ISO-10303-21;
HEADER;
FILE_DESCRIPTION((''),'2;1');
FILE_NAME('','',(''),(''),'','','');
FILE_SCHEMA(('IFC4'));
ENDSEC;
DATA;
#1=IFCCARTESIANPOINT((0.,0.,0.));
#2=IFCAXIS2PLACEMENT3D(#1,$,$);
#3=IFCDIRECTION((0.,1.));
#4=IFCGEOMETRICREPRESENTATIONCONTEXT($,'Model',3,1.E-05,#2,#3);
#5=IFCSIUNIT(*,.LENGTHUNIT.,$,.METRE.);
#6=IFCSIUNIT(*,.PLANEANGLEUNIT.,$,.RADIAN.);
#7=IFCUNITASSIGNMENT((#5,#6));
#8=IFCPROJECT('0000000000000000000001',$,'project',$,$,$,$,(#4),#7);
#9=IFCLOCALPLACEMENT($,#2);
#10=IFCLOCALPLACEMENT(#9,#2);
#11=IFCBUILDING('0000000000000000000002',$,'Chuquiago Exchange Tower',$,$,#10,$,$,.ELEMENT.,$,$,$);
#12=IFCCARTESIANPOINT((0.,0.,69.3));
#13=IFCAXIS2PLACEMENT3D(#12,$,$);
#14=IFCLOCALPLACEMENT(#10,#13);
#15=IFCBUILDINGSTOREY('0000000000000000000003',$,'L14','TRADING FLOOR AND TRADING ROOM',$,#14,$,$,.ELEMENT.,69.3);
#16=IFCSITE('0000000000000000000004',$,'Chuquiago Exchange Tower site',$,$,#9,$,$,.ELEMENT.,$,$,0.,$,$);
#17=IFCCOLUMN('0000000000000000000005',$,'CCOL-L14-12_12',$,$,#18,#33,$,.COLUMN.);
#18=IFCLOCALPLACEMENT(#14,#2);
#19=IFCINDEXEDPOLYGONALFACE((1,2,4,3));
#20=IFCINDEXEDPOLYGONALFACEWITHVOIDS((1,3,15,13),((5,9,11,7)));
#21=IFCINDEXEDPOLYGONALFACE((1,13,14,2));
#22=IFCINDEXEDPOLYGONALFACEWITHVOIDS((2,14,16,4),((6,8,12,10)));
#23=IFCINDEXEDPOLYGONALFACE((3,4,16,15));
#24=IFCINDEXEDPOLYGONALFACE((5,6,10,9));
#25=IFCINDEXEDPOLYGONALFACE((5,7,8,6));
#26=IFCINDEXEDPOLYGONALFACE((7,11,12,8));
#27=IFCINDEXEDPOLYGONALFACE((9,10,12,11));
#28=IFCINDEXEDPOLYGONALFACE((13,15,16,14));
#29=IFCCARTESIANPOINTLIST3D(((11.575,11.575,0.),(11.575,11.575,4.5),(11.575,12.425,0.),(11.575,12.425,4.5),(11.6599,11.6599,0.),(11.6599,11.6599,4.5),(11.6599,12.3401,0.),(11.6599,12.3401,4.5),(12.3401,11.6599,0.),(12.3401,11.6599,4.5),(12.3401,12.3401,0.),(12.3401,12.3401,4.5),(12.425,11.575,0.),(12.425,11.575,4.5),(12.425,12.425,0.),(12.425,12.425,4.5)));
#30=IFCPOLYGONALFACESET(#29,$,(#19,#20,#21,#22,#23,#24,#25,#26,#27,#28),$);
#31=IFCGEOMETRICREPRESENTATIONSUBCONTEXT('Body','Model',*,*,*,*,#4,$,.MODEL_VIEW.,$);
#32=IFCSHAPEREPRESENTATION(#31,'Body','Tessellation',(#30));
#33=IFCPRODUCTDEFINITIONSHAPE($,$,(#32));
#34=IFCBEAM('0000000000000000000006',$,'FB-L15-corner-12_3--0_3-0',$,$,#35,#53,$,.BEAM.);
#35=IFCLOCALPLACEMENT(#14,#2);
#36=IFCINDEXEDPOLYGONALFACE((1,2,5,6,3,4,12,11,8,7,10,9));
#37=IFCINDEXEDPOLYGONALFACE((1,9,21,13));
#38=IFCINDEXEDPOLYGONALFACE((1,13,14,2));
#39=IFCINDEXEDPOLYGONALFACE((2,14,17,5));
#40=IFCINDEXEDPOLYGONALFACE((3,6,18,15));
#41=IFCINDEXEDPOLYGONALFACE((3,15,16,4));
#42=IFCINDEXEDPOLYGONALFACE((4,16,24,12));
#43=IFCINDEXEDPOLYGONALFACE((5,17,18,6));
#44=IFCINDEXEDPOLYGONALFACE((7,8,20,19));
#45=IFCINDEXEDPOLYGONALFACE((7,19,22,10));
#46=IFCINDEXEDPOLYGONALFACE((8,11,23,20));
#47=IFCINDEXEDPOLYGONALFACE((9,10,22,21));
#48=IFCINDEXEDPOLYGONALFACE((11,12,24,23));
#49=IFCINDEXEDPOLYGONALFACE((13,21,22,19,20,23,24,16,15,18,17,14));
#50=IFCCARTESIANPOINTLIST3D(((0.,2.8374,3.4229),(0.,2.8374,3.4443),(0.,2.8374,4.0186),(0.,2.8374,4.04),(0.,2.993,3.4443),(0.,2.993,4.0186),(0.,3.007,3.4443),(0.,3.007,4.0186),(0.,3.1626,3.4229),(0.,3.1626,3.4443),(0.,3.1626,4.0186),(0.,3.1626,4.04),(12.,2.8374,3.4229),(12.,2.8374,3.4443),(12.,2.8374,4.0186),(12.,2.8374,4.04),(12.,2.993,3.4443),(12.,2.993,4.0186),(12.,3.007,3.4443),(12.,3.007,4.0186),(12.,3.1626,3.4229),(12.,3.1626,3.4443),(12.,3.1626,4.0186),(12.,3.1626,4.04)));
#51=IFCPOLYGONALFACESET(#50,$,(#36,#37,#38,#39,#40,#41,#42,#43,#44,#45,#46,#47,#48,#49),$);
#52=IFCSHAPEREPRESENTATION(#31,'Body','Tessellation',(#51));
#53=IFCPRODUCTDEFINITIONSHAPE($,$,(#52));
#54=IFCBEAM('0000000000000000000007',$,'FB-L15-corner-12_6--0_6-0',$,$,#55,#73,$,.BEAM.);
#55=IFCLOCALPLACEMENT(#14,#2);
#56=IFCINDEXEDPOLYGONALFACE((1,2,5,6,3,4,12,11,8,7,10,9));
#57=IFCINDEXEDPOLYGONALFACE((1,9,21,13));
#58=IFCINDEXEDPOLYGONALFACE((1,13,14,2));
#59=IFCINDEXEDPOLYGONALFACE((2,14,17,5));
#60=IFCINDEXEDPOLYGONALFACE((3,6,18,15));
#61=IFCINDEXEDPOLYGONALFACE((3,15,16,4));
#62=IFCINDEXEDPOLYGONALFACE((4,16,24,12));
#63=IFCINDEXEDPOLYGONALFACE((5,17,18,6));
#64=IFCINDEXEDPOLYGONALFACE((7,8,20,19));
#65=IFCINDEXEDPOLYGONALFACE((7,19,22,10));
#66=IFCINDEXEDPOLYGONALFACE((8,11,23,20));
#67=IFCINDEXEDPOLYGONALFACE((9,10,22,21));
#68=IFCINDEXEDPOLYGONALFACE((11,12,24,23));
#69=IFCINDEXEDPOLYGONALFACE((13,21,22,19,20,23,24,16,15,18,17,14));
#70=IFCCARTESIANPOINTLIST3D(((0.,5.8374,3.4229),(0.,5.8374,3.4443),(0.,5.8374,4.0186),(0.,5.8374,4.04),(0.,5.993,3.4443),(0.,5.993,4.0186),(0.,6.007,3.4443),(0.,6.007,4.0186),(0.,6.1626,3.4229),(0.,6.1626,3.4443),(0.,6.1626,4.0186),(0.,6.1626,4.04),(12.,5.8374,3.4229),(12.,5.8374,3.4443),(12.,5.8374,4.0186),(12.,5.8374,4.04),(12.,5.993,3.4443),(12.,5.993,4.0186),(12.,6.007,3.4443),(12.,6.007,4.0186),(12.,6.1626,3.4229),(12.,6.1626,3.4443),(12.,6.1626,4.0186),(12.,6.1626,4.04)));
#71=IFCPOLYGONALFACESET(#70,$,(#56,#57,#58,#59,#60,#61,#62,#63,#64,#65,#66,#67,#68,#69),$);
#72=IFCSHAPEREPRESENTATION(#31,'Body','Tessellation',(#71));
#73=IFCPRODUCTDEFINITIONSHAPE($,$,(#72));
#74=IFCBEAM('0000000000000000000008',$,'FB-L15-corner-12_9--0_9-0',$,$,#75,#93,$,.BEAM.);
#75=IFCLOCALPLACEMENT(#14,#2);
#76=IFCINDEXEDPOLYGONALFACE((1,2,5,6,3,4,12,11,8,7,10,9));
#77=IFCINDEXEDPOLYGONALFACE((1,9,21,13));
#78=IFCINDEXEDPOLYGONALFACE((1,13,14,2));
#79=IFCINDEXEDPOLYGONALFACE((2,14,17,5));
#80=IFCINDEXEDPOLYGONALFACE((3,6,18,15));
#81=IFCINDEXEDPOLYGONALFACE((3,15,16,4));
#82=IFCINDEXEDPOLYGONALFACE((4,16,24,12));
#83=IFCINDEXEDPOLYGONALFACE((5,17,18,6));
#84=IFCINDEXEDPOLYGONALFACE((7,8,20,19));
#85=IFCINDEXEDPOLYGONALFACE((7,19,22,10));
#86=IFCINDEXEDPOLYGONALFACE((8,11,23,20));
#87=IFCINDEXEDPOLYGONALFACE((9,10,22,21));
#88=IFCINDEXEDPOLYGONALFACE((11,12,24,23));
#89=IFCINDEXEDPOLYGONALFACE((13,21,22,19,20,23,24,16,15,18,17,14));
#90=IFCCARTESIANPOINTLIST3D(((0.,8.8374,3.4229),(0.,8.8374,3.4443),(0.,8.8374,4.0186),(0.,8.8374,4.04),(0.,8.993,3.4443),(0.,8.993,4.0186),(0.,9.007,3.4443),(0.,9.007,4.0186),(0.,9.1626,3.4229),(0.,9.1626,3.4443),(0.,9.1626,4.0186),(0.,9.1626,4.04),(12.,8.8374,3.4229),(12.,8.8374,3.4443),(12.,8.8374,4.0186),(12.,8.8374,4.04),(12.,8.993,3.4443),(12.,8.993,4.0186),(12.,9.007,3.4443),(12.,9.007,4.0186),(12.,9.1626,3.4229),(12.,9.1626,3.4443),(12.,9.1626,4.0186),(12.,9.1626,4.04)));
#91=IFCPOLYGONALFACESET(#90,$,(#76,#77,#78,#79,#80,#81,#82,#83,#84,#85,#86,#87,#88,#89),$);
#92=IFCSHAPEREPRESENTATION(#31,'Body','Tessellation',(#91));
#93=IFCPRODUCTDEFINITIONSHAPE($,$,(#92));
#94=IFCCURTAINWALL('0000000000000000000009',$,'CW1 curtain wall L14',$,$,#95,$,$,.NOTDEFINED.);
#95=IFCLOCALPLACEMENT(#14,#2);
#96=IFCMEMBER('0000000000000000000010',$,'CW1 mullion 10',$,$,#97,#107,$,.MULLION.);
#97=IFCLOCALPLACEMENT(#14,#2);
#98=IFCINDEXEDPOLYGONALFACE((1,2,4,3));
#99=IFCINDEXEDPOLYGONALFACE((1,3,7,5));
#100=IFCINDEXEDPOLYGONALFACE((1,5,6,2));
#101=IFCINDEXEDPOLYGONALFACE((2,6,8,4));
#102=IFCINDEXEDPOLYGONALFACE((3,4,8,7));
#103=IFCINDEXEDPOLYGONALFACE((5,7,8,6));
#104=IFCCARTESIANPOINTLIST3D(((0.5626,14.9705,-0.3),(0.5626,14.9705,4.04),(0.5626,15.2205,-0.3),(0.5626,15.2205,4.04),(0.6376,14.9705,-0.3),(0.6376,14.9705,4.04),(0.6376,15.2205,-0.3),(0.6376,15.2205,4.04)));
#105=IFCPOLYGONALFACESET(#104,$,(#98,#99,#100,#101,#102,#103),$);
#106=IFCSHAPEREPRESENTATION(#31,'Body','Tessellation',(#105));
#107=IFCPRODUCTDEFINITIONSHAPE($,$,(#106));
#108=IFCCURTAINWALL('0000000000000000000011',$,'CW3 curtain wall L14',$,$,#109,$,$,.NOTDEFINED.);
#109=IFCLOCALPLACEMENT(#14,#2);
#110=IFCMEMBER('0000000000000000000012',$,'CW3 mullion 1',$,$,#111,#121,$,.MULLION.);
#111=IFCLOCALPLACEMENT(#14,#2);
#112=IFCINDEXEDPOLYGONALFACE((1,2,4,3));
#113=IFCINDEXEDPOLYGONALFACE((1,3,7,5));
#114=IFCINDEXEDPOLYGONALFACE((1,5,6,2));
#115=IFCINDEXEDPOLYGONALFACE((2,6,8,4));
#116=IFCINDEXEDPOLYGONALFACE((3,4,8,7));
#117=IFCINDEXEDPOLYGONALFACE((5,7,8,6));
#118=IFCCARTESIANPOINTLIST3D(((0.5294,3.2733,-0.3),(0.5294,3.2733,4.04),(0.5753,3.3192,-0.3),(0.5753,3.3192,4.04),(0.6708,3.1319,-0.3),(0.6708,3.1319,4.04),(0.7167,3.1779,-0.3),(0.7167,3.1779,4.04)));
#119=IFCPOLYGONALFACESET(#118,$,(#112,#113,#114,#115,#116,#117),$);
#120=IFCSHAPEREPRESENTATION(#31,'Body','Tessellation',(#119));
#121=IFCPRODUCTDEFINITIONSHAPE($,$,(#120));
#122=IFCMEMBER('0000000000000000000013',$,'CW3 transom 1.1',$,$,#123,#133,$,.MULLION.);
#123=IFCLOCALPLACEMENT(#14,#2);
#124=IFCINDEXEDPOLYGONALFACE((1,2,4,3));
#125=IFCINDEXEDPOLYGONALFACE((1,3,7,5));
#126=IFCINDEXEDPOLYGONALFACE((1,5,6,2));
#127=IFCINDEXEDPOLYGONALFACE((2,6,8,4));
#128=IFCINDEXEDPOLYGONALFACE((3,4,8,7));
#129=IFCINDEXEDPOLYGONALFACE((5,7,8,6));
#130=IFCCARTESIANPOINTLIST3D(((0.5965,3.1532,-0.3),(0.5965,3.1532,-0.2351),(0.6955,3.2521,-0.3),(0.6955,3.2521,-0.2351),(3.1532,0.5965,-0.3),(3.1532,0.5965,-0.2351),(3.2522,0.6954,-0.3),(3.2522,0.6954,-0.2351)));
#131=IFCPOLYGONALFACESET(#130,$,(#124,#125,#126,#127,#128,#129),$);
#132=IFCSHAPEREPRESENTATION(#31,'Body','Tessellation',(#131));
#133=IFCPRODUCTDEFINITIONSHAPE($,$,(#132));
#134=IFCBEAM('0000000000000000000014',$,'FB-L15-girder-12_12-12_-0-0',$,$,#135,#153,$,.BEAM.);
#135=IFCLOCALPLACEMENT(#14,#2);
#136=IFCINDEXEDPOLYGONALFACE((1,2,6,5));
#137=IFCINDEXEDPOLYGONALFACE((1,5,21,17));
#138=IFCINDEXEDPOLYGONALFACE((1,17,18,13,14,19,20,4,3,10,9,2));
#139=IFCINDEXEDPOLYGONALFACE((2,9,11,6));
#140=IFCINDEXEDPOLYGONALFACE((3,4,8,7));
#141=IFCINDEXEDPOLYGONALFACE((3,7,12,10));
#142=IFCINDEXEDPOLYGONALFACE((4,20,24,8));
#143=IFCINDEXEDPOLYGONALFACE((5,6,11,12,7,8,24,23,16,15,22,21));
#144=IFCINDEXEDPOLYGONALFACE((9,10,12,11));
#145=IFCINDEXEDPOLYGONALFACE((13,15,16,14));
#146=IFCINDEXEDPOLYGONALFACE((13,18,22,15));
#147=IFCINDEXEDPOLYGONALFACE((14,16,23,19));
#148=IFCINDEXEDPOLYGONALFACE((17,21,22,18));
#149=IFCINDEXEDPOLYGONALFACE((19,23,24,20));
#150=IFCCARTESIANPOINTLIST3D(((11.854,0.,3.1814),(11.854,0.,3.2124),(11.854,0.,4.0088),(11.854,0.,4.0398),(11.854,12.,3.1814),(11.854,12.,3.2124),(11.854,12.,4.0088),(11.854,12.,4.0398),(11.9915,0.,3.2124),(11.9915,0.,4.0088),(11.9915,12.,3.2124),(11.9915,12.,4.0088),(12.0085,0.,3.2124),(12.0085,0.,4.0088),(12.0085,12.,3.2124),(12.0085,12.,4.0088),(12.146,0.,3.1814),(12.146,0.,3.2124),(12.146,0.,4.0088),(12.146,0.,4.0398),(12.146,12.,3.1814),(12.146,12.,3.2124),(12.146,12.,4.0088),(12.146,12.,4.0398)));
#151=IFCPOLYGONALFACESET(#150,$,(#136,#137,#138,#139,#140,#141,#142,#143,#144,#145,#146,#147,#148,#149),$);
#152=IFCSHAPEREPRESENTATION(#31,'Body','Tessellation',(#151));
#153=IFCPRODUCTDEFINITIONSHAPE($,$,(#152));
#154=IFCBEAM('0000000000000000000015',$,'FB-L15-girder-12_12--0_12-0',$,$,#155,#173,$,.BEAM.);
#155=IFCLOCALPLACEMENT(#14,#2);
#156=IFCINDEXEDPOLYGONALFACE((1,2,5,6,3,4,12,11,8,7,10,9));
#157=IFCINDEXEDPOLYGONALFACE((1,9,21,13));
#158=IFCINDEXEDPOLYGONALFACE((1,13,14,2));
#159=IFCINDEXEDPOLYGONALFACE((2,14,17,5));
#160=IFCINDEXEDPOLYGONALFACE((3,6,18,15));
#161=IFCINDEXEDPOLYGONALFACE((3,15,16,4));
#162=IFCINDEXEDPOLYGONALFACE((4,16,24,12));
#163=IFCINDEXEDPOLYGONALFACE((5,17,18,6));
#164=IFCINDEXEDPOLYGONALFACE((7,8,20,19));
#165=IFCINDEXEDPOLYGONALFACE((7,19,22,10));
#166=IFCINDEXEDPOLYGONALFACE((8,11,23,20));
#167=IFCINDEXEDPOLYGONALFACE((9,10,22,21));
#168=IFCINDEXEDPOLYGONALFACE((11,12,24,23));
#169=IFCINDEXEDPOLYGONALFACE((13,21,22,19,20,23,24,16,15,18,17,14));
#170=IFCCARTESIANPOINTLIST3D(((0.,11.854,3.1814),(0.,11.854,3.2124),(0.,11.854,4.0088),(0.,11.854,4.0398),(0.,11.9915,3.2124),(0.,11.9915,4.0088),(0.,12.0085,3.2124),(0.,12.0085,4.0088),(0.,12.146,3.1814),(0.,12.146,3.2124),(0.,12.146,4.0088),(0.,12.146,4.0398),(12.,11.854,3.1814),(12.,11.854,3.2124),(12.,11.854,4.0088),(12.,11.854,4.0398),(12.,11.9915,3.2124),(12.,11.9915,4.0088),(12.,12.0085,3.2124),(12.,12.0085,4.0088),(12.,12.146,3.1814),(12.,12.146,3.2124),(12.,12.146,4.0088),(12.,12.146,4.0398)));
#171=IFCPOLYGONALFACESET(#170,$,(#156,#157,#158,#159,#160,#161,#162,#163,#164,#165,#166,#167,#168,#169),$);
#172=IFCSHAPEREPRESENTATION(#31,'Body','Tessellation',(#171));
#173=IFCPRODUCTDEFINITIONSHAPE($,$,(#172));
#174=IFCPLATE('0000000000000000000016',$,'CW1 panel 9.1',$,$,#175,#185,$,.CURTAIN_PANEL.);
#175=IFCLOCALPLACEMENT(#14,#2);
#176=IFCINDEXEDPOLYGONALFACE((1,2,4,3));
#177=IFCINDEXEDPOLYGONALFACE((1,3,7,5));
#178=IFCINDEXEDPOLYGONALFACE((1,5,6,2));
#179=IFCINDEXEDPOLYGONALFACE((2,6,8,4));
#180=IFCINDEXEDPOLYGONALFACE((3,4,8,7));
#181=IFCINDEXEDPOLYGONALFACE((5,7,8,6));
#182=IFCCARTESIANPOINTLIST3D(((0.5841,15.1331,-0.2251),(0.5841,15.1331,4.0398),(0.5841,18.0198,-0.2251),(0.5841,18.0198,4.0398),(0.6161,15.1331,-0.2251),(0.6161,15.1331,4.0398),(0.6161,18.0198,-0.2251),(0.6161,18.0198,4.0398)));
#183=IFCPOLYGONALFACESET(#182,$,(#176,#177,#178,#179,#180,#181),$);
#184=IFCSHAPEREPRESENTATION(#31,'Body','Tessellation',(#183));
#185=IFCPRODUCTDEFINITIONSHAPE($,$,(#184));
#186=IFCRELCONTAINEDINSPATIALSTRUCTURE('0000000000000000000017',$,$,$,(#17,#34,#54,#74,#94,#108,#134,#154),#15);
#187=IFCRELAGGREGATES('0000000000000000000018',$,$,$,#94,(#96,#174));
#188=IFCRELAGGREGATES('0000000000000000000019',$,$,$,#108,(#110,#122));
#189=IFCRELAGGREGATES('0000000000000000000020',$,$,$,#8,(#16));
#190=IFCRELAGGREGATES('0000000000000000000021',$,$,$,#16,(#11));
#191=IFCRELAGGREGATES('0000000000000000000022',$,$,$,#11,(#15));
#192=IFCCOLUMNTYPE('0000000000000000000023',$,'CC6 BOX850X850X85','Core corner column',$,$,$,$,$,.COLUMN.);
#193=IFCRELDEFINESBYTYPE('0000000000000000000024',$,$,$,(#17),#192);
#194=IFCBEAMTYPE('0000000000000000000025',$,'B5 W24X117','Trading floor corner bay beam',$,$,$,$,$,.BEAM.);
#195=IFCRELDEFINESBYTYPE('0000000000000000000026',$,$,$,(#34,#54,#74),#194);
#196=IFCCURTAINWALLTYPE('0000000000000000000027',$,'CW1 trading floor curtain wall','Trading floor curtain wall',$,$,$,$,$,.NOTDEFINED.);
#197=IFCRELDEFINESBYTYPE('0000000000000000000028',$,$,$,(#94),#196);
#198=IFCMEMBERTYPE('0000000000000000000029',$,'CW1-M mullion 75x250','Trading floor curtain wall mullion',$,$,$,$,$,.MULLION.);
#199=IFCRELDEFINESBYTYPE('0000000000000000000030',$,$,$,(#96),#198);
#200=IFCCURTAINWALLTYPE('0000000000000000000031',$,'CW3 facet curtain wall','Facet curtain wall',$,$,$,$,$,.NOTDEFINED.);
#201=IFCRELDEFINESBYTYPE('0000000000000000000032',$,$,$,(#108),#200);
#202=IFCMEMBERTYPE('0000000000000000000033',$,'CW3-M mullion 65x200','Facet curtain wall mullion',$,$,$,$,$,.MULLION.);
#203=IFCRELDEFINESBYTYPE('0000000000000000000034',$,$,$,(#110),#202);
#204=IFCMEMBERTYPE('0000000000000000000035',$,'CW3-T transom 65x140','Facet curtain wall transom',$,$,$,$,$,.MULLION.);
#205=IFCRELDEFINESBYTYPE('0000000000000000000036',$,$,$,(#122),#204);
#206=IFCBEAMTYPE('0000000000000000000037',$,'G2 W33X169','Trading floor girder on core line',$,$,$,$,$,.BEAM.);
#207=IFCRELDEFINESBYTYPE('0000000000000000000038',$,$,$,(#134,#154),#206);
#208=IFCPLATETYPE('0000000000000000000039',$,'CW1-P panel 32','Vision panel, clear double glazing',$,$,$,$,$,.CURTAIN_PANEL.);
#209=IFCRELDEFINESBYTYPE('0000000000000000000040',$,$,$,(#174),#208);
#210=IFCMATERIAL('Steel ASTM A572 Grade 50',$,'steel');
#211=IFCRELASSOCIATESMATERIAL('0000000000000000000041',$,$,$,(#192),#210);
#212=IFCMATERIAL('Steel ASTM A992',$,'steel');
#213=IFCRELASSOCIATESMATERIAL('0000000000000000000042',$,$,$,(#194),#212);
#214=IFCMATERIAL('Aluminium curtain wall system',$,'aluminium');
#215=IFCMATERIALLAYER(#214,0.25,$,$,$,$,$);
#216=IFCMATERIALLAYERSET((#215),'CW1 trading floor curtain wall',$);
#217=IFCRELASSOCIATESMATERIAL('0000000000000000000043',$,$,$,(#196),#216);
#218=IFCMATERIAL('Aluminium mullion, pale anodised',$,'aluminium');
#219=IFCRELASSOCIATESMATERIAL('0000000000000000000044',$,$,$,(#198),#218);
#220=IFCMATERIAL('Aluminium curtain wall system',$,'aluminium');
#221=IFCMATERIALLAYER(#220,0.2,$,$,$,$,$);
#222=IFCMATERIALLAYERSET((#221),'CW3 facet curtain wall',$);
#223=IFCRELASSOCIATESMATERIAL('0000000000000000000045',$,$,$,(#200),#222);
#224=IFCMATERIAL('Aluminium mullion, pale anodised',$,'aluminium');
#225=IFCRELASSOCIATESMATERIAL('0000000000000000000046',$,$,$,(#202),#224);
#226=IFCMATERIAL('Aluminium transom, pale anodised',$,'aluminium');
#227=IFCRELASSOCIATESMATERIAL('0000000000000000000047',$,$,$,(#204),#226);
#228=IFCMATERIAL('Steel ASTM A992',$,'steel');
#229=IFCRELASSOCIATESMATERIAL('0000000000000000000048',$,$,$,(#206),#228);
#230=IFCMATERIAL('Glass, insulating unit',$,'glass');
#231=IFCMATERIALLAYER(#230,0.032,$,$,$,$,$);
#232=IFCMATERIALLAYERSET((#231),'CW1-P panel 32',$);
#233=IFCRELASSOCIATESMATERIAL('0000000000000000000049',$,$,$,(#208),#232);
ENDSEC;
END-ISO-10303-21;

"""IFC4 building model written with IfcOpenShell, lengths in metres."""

from ifc_helpers import new_model, si_unit, direction, frame, origin, origin_2d, place, context, subcontext, project, spatial, rectangle, hollow_rectangle, i_section, extrude, material, layer, layer_set, material_profile, profile_set, type_object, element, aggregate, save


model = new_model("IFC4")

# Units and contexts
model_context = context("Model", 3, precision=1e-05, world=origin(), true_north=direction((0.0, 1.0)))
body_context = subcontext(model_context, "Body", "Model", "MODEL_VIEW")
ifc_project = project(units=[si_unit("LENGTHUNIT", "METRE"), si_unit("PLANEANGLEUNIT", "RADIAN")], contexts=[model_context])

# Site, building, storey
site_placement = place(None, origin())
site = spatial("IfcSite", under=ifc_project, at=site_placement, Name="Chuquiago Exchange Tower site", CompositionType="ELEMENT", RefElevation=0.0)
building_placement = place(site_placement, origin())
building = spatial("IfcBuilding", under=site, at=building_placement, Name="Chuquiago Exchange Tower", CompositionType="ELEMENT")
storey_placement = place(building_placement, frame((0.0, 0.0, 69.3)))
storey = spatial("IfcBuildingStorey", under=building, at=storey_placement, Name="L14", Description="TRADING FLOOR AND TRADING ROOM", CompositionType="ELEMENT", Elevation=69.3)

# Column
ifc_material_1 = material(Name="Steel ASTM A572 Grade 50", Category="steel")
ifc_material_profile_1 = material_profile(ifc_material_1, hollow_rectangle(XDim=0.8501, YDim=0.8501, WallThickness=0.085, at=origin_2d()), Name="BOX850X850X85")
ifc_profile_set_1 = profile_set([ifc_material_profile_1], Name="Steel ASTM A572 Grade 50")
column_type = type_object("IfcColumnType", Name="CC6 BOX850X850X85", Description="Core corner column", PredefinedType="COLUMN", material=ifc_profile_set_1)
column_placement = place(storey_placement, frame((12.0, 12.0, 0.0), z_axis=(0.0, 0.0, 1.0), x_axis=(1.0, 0.0, 0.0)))
element("IfcColumn", 1, at=column_placement, inside=storey, type_object=column_type, Name="CCOL-L14-12_12", PredefinedType="COLUMN", context=body_context, shape_type="SweptSolid", body=[
    extrude(hollow_rectangle(XDim=0.8501, YDim=0.8501, WallThickness=0.085, at=origin_2d()), origin(), (0.0, 0.0, 1.0), 4.5),
])

# Beams
ifc_material_2 = material(Name="Steel ASTM A992", Category="steel")
ifc_material_profile_2 = material_profile(ifc_material_2, i_section(OverallWidth=0.3252, OverallDepth=0.6172, WebThickness=0.0139, FlangeThickness=0.0215, at=origin_2d()), Name="W24X117")
ifc_profile_set_2 = profile_set([ifc_material_profile_2], Name="Steel ASTM A992")
beam_type_1 = type_object("IfcBeamType", Name="B5 W24X117", Description="Trading floor corner bay beam", PredefinedType="BEAM", material=ifc_profile_set_2)
for number, where, z_axis, x_axis, name in (
    (2, (12.0, 3.0, 3.7314), (-1.0, 0.0, 0.0), (0.0, -1.0, 0.0), "FB-L15-corner-12_3--0_3-0"),
    (3, (12.0, 6.0, 3.7314), (-1.0, 0.0, 0.0), (0.0, -1.0, 0.0), "FB-L15-corner-12_6--0_6-0"),
    (4, (12.0, 9.0, 3.7314), (-1.0, 0.0, 0.0), (0.0, -1.0, 0.0), "FB-L15-corner-12_9--0_9-0"),
):
    element("IfcBeam", number, at=place(storey_placement, frame(where, z_axis=z_axis, x_axis=x_axis)), inside=storey, type_object=beam_type_1, Name=name, PredefinedType="BEAM", context=body_context, shape_type="SweptSolid", body=[
        extrude(i_section(OverallWidth=0.3252, OverallDepth=0.6172, WebThickness=0.0139, FlangeThickness=0.0215, at=origin_2d()), origin(), (0.0, 0.0, 1.0), 12.0),
    ])

# Curtain wall, member
ifc_material_3 = material(Name="Aluminium curtain wall system", Category="aluminium")
ifc_layer_1 = layer(ifc_material_3, 0.25)
ifc_layer_set_1 = layer_set([ifc_layer_1], Name="CW1 trading floor curtain wall")
curtain_wall_type_1 = type_object("IfcCurtainWallType", Name="CW1 trading floor curtain wall", Description="Trading floor curtain wall", PredefinedType="NOTDEFINED", material=ifc_layer_set_1)
curtain_wall_1_placement = place(storey_placement, origin())
curtain_wall_1 = element("IfcCurtainWall", 5, at=curtain_wall_1_placement, inside=storey, type_object=curtain_wall_type_1, Name="CW1 curtain wall L14", PredefinedType="NOTDEFINED")
ifc_material_4 = material(Name="Aluminium mullion, pale anodised", Category="aluminium")
ifc_material_profile_3 = material_profile(ifc_material_4, rectangle(XDim=0.075, YDim=0.25, at=origin_2d()), Name="AL 75x250")
ifc_profile_set_3 = profile_set([ifc_material_profile_3], Name="Aluminium mullion, pale anodised")
member_type_1 = type_object("IfcMemberType", Name="CW1-M mullion 75x250", Description="Trading floor curtain wall mullion", PredefinedType="MULLION", material=ifc_profile_set_3)
member_1_placement = place(storey_placement, frame((0.6001, 15.0955, -0.3), z_axis=(0.0, 0.0, 1.0), x_axis=(1.0, 0.0, 0.0)))
member_1 = element("IfcMember", 6, at=member_1_placement, type_object=member_type_1, Name="CW1 mullion 10", PredefinedType="MULLION", context=body_context, shape_type="SweptSolid", body=[
    extrude(rectangle(XDim=0.075, YDim=0.25, at=origin_2d()), origin(), (0.0, 0.0, 1.0), 4.3401),
])

# Curtain wall, members
ifc_material_5 = material(Name="Aluminium curtain wall system", Category="aluminium")
ifc_layer_2 = layer(ifc_material_5, 0.2)
ifc_layer_set_2 = layer_set([ifc_layer_2], Name="CW3 facet curtain wall")
curtain_wall_type_2 = type_object("IfcCurtainWallType", Name="CW3 facet curtain wall", Description="Facet curtain wall", PredefinedType="NOTDEFINED", material=ifc_layer_set_2)
curtain_wall_2_placement = place(storey_placement, origin())
curtain_wall_2 = element("IfcCurtainWall", 7, at=curtain_wall_2_placement, inside=storey, type_object=curtain_wall_type_2, Name="CW3 curtain wall L14", PredefinedType="NOTDEFINED")
ifc_material_6 = material(Name="Aluminium mullion, pale anodised", Category="aluminium")
ifc_material_profile_4 = material_profile(ifc_material_6, rectangle(XDim=0.0649, YDim=0.2, at=origin_2d()), Name="AL 65x200")
ifc_profile_set_4 = profile_set([ifc_material_profile_4], Name="Aluminium mullion, pale anodised")
member_type_2 = type_object("IfcMemberType", Name="CW3-M mullion 65x200", Description="Facet curtain wall mullion", PredefinedType="MULLION", material=ifc_profile_set_4)
member_2_placement = place(storey_placement, frame((0.623, 3.2256, -0.3), z_axis=(0.0, 0.0, 1.0), x_axis=(0.707107, 0.707107, 0.0)))
member_2 = element("IfcMember", 8, at=member_2_placement, type_object=member_type_2, Name="CW3 mullion 1", PredefinedType="MULLION", context=body_context, shape_type="SweptSolid", body=[
    extrude(rectangle(XDim=0.0649, YDim=0.2, at=origin_2d()), origin(), (0.0, 0.0, 1.0), 4.3401),
])
ifc_material_7 = material(Name="Aluminium transom, pale anodised", Category="aluminium")
ifc_material_profile_5 = material_profile(ifc_material_7, rectangle(XDim=0.1399, YDim=0.0649, at=origin_2d()), Name="AL 140x65")
ifc_profile_set_5 = profile_set([ifc_material_profile_5], Name="Aluminium transom, pale anodised")
member_type_3 = type_object("IfcMemberType", Name="CW3-T transom 65x140", Description="Facet curtain wall transom", PredefinedType="MULLION", material=ifc_profile_set_5)
member_3_placement = place(storey_placement, frame((0.646, 3.2026, -0.2676), z_axis=(0.707107, -0.707107, 0.0), x_axis=(0.707107, 0.707107, 0.0)))
member_3 = element("IfcMember", 9, at=member_3_placement, type_object=member_type_3, Name="CW3 transom 1.1", PredefinedType="MULLION", context=body_context, shape_type="SweptSolid", body=[
    extrude(rectangle(XDim=0.1399, YDim=0.0649, at=origin_2d()), origin(), (0.0, 0.0, 1.0), 3.6157),
])

# Beams
ifc_material_8 = material(Name="Steel ASTM A992", Category="steel")
ifc_material_profile_6 = material_profile(ifc_material_8, i_section(OverallWidth=0.292, OverallDepth=0.8584, WebThickness=0.0171, FlangeThickness=0.031, at=origin_2d()), Name="W33X169")
ifc_profile_set_6 = profile_set([ifc_material_profile_6], Name="Steel ASTM A992")
beam_type_2 = type_object("IfcBeamType", Name="G2 W33X169", Description="Trading floor girder on core line", PredefinedType="BEAM", material=ifc_profile_set_6)
for number, where, z_axis, x_axis, name in (
    (10, (12.0, 12.0, 3.6106), (0.0, -1.0, 0.0), (1.0, 0.0, 0.0), "FB-L15-girder-12_12-12_-0-0"),
    (11, (12.0, 12.0, 3.6106), (-1.0, 0.0, 0.0), (0.0, -1.0, 0.0), "FB-L15-girder-12_12--0_12-0"),
):
    element("IfcBeam", number, at=place(storey_placement, frame(where, z_axis=z_axis, x_axis=x_axis)), inside=storey, type_object=beam_type_2, Name=name, PredefinedType="BEAM", context=body_context, shape_type="SweptSolid", body=[
        extrude(i_section(OverallWidth=0.292, OverallDepth=0.8584, WebThickness=0.0171, FlangeThickness=0.031, at=origin_2d()), origin(), (0.0, 0.0, 1.0), 12.0),
    ])

# Plate
ifc_material_9 = material(Name="Glass, insulating unit", Category="glass")
ifc_layer_3 = layer(ifc_material_9, 0.032)
ifc_layer_set_3 = layer_set([ifc_layer_3], Name="CW1-P panel 32")
plate_type_1 = type_object("IfcPlateType", Name="CW1-P panel 32", Description="Vision panel, clear double glazing", PredefinedType="CURTAIN_PANEL", material=ifc_layer_set_3)
plate_1_placement = place(storey_placement, frame((0.6001, 16.5764, -0.2251), z_axis=(0.0, 0.0, 1.0), x_axis=(0.0, -1.0, 0.0)))
plate_1 = element("IfcPlate", 12, at=plate_1_placement, type_object=plate_type_1, Name="CW1 panel 9.1", PredefinedType="CURTAIN_PANEL", context=body_context, shape_type="SweptSolid", body=[
    extrude(rectangle(XDim=2.8867, YDim=0.032, at=origin_2d()), origin(), (0.0, 0.0, 1.0), 4.2649),
])
aggregate(curtain_wall_1, [member_1, plate_1])
aggregate(curtain_wall_2, [member_2, member_3])

save(model, "model.ifc")
